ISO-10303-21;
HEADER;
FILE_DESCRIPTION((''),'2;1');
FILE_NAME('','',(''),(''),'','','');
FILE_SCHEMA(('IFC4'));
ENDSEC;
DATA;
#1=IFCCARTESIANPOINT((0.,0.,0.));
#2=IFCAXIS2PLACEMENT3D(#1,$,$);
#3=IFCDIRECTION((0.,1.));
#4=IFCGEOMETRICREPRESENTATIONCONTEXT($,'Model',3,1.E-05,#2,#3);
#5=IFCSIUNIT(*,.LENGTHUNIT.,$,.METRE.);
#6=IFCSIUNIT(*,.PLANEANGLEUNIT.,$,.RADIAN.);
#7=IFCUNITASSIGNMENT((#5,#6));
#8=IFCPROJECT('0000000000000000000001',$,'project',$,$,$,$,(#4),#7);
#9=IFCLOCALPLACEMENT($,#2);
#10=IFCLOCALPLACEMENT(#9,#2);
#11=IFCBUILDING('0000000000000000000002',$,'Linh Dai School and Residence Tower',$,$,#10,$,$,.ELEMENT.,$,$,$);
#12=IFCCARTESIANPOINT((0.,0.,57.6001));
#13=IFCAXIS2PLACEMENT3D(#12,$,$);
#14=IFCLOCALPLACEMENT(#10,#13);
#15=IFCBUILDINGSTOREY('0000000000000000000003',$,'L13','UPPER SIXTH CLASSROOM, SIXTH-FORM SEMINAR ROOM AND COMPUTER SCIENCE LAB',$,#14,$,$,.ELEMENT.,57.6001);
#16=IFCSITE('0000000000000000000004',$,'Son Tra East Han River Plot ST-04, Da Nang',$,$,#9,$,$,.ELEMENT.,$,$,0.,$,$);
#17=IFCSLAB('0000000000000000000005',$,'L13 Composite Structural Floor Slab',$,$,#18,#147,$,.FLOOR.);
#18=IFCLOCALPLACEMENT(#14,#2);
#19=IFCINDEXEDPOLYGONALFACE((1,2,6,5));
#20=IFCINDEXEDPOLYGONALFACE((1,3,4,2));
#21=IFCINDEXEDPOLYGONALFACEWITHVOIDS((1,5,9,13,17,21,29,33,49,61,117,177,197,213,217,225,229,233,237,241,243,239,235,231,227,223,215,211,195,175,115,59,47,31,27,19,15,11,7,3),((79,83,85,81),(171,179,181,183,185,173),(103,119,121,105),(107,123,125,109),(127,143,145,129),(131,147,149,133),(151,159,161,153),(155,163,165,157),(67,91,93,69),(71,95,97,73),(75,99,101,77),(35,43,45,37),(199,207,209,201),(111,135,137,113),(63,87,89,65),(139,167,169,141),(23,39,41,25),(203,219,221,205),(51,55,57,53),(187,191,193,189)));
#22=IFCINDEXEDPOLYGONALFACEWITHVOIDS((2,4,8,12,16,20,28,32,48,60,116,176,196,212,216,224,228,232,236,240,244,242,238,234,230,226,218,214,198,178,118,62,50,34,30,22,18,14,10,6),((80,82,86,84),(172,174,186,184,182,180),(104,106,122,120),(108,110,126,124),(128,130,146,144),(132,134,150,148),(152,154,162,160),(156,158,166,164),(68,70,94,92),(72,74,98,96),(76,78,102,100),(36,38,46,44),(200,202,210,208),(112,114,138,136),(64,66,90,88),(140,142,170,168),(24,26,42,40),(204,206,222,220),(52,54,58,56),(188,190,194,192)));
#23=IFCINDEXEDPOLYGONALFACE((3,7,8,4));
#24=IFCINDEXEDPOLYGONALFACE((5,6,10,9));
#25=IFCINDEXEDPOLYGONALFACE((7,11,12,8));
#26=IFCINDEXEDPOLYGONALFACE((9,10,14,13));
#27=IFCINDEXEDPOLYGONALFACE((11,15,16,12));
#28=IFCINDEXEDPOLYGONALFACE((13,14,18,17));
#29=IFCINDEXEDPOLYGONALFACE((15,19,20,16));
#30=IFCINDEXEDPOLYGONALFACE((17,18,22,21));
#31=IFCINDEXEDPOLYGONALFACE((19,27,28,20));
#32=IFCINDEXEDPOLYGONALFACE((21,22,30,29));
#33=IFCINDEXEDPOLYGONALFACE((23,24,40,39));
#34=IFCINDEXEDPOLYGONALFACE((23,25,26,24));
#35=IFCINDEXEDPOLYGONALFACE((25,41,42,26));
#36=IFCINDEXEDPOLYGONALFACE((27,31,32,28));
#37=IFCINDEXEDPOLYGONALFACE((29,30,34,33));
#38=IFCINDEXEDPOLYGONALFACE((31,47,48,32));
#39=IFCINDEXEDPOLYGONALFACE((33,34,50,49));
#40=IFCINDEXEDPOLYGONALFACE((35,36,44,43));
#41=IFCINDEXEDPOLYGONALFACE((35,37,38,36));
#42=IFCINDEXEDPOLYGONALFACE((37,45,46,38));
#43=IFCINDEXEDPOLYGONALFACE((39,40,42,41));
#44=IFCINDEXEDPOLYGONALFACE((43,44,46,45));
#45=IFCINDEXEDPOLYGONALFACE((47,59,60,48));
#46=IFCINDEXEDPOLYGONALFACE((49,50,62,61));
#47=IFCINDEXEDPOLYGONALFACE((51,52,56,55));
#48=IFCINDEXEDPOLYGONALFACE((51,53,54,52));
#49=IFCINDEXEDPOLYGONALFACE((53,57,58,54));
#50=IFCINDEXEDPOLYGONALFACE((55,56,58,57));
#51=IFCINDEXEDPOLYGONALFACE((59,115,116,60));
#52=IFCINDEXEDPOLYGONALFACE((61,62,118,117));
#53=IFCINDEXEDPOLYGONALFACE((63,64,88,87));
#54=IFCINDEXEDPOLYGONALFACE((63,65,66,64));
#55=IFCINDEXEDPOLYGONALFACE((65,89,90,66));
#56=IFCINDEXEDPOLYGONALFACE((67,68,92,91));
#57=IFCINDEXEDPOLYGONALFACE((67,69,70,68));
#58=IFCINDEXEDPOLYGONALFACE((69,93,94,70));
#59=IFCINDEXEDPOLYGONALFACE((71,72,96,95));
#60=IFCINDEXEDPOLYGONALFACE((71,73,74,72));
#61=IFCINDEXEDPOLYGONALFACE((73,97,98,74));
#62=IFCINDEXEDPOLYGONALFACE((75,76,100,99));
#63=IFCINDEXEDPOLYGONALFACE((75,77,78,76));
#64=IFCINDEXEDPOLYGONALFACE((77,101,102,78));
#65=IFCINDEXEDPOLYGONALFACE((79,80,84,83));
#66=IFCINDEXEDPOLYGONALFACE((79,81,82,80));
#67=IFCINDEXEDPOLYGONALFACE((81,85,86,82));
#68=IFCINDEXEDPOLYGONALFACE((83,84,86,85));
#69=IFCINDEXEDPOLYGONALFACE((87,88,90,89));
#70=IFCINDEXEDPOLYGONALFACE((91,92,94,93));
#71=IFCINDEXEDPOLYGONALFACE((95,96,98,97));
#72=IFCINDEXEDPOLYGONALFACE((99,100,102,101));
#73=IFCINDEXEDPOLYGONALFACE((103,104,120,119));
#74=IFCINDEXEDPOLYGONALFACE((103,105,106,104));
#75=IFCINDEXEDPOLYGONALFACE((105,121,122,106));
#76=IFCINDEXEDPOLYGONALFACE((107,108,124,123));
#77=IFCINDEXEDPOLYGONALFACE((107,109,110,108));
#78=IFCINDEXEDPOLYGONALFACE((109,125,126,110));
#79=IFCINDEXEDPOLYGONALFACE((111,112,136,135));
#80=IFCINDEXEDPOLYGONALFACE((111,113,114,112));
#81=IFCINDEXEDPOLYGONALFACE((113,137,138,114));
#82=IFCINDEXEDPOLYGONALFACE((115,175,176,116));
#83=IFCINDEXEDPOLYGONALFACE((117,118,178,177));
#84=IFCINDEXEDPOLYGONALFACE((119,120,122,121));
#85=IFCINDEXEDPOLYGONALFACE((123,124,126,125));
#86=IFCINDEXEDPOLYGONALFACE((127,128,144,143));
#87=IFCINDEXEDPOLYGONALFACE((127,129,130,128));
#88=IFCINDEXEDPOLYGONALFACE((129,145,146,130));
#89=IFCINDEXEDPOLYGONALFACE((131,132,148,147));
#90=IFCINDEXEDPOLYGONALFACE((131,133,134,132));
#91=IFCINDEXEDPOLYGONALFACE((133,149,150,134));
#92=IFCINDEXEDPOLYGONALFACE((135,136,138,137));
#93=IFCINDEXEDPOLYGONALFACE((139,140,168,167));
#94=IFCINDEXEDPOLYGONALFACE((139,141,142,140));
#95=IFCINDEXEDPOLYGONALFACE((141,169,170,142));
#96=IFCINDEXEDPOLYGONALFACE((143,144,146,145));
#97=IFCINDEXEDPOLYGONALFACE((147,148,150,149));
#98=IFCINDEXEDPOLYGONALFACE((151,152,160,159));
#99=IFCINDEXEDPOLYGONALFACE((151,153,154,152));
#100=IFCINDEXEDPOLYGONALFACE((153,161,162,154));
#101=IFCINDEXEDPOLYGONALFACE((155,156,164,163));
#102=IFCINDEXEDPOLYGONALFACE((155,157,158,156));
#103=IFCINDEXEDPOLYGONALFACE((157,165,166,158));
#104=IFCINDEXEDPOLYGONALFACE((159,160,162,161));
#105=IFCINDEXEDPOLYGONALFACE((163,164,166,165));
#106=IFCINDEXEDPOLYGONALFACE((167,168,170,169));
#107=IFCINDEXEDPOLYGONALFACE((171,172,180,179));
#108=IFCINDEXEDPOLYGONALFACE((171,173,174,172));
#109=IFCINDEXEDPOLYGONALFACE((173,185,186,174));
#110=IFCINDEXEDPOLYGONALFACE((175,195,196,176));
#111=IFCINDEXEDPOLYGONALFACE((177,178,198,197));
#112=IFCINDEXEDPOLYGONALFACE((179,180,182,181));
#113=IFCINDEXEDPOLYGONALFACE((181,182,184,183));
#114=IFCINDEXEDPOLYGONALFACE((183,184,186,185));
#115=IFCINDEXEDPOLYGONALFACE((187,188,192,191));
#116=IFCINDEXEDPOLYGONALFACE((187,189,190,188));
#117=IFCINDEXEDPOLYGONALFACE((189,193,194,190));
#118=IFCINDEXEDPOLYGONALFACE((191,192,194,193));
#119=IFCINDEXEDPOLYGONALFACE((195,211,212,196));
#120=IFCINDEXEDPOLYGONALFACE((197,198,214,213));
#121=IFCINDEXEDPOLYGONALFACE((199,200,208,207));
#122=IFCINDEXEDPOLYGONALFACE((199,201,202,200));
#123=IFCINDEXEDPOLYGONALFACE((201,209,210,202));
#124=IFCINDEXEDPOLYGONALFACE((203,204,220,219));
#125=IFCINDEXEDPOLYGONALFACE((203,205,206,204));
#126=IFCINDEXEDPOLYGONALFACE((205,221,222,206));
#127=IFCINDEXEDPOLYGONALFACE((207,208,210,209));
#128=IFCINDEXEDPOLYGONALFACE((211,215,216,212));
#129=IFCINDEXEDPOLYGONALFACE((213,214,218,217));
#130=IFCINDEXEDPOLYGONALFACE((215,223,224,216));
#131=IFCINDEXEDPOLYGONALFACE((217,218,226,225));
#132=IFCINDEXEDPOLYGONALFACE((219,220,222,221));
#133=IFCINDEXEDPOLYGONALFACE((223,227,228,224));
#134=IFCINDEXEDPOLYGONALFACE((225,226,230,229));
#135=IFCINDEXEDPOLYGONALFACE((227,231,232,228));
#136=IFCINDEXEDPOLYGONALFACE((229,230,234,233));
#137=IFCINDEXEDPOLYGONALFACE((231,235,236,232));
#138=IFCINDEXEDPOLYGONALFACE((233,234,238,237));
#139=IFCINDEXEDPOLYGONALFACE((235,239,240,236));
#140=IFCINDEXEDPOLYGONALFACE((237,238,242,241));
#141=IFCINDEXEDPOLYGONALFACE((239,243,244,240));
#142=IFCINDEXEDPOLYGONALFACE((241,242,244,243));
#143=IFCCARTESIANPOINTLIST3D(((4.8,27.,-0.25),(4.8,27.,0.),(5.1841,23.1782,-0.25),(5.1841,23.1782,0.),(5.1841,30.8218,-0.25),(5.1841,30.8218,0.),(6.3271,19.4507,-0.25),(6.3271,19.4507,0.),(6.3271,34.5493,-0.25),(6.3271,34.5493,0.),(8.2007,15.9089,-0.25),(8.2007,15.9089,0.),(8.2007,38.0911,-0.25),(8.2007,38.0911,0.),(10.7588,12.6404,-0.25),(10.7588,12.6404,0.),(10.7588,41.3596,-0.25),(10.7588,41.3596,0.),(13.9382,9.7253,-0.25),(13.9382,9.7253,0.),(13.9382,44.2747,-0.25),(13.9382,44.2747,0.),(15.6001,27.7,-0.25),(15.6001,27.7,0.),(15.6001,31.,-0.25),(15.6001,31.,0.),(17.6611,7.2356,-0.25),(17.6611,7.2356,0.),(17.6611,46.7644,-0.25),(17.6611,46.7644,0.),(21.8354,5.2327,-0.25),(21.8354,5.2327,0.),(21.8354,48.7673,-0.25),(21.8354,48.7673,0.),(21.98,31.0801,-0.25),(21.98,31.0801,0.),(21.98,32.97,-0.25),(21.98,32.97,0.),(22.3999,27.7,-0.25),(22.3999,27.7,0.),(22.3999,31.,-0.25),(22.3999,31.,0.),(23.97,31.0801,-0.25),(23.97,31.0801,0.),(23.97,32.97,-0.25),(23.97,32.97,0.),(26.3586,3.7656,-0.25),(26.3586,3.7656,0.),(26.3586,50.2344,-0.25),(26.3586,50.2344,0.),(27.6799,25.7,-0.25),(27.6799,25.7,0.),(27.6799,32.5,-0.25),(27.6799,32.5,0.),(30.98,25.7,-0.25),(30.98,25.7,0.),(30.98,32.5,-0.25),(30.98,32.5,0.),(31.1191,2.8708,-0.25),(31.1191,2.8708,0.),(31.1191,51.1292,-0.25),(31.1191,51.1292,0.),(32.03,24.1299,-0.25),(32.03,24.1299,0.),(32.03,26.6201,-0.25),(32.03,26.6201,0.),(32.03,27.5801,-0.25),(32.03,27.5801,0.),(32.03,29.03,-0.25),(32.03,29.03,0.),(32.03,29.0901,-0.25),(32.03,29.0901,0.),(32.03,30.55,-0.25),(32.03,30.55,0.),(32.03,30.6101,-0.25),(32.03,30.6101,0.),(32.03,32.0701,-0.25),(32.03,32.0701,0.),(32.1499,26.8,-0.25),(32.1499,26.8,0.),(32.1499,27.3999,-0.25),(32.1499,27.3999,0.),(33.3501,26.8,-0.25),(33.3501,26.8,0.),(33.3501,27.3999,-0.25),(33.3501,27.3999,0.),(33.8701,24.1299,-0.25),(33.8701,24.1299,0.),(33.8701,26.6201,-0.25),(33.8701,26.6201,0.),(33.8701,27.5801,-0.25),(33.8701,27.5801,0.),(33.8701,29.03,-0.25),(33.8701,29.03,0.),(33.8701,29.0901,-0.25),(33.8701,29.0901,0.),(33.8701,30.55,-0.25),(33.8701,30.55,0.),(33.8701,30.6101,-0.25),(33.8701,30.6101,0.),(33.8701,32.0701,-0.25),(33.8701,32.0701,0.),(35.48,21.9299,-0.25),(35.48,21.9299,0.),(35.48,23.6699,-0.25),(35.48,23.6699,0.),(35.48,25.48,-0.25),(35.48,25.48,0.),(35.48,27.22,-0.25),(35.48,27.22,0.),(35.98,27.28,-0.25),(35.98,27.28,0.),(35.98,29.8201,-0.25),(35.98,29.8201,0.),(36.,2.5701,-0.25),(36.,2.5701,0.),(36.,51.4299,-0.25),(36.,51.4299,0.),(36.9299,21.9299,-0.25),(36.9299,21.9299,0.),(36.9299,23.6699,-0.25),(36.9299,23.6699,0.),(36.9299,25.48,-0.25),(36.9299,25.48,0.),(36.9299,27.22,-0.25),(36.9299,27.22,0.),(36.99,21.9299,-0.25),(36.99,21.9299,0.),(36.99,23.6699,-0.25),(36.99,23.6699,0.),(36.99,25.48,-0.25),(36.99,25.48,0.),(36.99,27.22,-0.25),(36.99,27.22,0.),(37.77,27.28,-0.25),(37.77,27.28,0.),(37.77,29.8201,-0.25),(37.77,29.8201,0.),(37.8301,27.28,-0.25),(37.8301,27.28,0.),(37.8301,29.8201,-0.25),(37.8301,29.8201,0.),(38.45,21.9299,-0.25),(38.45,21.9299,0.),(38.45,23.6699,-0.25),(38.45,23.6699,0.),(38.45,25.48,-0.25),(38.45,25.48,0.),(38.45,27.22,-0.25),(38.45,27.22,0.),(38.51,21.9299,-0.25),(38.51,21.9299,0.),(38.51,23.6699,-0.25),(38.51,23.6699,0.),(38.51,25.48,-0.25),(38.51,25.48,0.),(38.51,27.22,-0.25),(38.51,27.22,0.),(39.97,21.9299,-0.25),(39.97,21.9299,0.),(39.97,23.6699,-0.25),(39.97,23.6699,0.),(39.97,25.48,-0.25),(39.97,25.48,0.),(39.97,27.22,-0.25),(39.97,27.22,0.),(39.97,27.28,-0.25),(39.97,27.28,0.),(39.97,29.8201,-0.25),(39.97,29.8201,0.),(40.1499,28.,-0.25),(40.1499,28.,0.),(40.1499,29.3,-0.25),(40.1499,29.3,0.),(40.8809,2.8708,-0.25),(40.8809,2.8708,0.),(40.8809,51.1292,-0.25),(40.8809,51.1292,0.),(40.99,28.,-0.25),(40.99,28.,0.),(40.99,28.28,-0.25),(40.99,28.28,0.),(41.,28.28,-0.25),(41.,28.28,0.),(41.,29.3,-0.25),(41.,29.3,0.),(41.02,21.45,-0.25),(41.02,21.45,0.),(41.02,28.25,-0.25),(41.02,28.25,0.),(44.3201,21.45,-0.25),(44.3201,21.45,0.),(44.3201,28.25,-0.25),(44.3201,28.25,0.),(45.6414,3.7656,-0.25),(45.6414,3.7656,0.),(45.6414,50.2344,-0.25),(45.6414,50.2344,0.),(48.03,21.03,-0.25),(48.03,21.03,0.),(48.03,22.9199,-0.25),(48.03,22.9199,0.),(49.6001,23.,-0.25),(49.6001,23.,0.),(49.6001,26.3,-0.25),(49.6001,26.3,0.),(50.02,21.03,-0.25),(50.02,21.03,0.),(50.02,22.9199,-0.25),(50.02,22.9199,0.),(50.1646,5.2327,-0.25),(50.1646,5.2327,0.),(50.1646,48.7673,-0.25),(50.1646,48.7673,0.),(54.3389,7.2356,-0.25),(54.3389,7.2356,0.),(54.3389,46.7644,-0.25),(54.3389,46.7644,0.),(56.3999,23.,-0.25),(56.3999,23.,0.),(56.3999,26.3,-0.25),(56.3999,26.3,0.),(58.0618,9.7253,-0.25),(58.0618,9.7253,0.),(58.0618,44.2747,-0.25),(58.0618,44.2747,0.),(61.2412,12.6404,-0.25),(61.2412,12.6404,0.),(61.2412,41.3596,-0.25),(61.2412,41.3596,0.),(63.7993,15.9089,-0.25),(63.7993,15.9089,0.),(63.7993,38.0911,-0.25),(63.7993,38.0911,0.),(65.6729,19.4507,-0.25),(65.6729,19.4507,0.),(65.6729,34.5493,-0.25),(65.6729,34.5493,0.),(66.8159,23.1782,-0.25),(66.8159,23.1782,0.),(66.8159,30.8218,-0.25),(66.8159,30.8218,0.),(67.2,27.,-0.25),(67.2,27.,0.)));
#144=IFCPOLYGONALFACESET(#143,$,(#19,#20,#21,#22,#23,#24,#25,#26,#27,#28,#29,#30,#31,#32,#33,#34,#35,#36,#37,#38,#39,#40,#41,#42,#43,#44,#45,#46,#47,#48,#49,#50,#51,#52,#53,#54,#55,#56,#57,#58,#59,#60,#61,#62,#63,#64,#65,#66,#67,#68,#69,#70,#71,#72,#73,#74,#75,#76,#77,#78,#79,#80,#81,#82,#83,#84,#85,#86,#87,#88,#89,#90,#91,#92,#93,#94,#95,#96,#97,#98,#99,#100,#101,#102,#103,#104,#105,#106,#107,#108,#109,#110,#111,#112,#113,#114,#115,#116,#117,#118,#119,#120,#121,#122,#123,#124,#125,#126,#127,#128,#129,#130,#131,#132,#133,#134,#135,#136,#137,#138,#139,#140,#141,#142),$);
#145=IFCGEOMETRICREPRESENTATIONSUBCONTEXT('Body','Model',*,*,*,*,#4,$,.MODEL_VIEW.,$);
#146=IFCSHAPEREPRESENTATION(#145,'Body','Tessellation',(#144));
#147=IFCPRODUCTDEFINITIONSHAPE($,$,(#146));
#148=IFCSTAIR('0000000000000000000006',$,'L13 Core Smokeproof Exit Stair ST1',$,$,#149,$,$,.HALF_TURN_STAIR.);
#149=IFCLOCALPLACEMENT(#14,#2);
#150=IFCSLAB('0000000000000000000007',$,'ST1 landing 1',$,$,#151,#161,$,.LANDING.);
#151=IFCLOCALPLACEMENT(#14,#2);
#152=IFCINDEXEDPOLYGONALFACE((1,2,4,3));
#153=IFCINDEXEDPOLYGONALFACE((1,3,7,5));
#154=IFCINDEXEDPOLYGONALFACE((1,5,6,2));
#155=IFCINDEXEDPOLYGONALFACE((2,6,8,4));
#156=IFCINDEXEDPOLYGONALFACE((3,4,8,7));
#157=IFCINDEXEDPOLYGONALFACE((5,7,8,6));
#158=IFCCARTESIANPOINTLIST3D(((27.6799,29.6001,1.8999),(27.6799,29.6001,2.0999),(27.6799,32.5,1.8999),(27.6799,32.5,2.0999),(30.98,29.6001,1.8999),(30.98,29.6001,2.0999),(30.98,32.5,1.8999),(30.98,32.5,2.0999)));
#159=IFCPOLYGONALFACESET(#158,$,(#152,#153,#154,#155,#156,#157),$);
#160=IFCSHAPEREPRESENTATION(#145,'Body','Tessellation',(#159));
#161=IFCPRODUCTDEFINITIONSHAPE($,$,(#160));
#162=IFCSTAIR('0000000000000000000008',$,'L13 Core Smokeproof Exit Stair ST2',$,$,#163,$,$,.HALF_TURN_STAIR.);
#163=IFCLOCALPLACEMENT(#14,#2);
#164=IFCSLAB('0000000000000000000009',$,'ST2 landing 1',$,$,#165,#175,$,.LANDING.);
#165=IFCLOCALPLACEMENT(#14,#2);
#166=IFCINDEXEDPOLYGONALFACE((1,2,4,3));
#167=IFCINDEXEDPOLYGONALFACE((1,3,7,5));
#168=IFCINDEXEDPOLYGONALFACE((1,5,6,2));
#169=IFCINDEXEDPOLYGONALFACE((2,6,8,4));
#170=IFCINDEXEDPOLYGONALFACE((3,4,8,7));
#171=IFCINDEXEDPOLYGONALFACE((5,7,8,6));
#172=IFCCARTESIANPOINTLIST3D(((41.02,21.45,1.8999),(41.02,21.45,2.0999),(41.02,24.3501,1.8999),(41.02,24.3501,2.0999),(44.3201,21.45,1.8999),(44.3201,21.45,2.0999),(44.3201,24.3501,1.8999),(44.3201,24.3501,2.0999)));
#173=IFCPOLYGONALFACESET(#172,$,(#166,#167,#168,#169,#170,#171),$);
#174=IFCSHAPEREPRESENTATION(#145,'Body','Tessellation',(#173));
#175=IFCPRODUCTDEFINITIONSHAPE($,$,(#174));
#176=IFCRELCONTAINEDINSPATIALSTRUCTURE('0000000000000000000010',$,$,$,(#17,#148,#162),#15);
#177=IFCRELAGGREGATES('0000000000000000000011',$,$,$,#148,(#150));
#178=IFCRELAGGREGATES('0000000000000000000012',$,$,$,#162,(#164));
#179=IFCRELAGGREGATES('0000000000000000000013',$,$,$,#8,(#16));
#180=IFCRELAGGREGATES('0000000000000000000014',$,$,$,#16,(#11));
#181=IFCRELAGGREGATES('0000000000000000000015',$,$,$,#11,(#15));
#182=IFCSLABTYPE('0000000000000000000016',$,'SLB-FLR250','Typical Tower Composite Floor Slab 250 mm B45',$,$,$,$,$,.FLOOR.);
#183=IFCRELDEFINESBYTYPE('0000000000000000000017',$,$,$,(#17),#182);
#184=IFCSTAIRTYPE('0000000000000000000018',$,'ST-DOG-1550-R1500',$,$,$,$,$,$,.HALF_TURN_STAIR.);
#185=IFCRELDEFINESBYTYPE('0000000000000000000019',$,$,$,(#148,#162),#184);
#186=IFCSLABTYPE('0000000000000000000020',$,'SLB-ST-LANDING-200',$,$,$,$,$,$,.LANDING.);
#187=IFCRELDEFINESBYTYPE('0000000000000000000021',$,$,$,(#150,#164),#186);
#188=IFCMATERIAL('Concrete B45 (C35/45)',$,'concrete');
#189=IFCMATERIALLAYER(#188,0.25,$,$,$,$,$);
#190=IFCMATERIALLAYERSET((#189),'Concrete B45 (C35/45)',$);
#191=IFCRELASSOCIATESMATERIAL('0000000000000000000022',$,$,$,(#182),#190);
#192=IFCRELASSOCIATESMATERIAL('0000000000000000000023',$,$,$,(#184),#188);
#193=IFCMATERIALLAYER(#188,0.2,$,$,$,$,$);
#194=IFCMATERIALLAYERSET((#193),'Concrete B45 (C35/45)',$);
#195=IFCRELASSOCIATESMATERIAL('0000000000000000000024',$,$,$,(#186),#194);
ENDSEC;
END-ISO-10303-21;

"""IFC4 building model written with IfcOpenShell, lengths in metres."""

from ifc_helpers import new_model, si_unit, direction, frame, origin, place, context, subcontext, project, spatial, polyline, outline, extrude, material, layer, layer_set, type_object, element, aggregate, save


model = new_model("IFC4")

# Units and contexts
model_context = context("Model", 3, precision=1e-05, world=origin(), true_north=direction((0.0, 1.0)))
body_context = subcontext(model_context, "Body", "Model", "MODEL_VIEW")
ifc_project = project(units=[si_unit("LENGTHUNIT", "METRE"), si_unit("PLANEANGLEUNIT", "RADIAN")], contexts=[model_context])

# Site, building, storey
site_placement = place(None, origin())
site = spatial("IfcSite", under=ifc_project, at=site_placement, Name="Son Tra East Han River Plot ST-04, Da Nang", CompositionType="ELEMENT", RefElevation=0.0)
building_placement = place(site_placement, origin())
building = spatial("IfcBuilding", under=site, at=building_placement, Name="Linh Dai School and Residence Tower", CompositionType="ELEMENT")
storey_placement = place(building_placement, frame((0.0, 0.0, 57.6001)))
storey = spatial("IfcBuildingStorey", under=building, at=storey_placement, Name="L13", Description="UPPER SIXTH CLASSROOM, SIXTH-FORM SEMINAR ROOM AND COMPUTER SCIENCE LAB", CompositionType="ELEMENT", Elevation=57.6001)

# Slab
ifc_material_1 = material(Name="Concrete B45 (C35/45)", Category="concrete")
ifc_layer_1 = layer(ifc_material_1, 0.25)
ifc_layer_set_1 = layer_set([ifc_layer_1], Name="Concrete B45 (C35/45)")
slab_type_1 = type_object("IfcSlabType", Name="SLB-FLR250", Description="Typical Tower Composite Floor Slab 250 mm B45", PredefinedType="FLOOR", material=ifc_layer_set_1)
slab_1_placement = place(storey_placement, frame((0.0, 0.0, -0.25)))
element("IfcSlab", 1, at=slab_1_placement, inside=storey, type_object=slab_type_1, Name="L13 Composite Structural Floor Slab", PredefinedType="FLOOR", context=body_context, shape_type="SweptSolid", body=[
    extrude(outline(polyline([(67.2, 27.0), (66.8159, 30.8218), (65.6729, 34.5493), (63.7993, 38.0911), (61.2412, 41.3596), (58.0618, 44.2747), (54.3389, 46.7644), (50.1646, 48.7673), (45.6414, 50.2344), (40.8809, 51.1292), (36.0, 51.4299), (31.1191, 51.1292), (26.3586, 50.2344), (21.8354, 48.7673), (17.6611, 46.7644), (13.9382, 44.2747), (10.7588, 41.3596), (8.2007, 38.0911), (6.3271, 34.5493), (5.1841, 30.8218), (4.8, 27.0), (5.1841, 23.1782), (6.3271, 19.4507), (8.2007, 15.9089), (10.7588, 12.6404), (13.9382, 9.7253), (17.6611, 7.2356), (21.8354, 5.2327), (26.3586, 3.7656), (31.1191, 2.8708), (36.0, 2.5701), (40.8809, 2.8708), (45.6414, 3.7656), (50.1646, 5.2327), (54.3389, 7.2356), (58.0618, 9.7253), (61.2412, 12.6404), (63.7993, 15.9089), (65.6729, 19.4507), (66.8159, 23.1782), (67.2, 27.0)]), holes=[polyline([(30.98, 25.7), (30.98, 32.5), (27.6799, 32.5), (27.6799, 25.7), (30.98, 25.7)]), polyline([(41.02, 28.25), (41.02, 21.45), (44.3201, 21.45), (44.3201, 28.25), (41.02, 28.25)]), polyline([(22.3999, 31.0), (15.6001, 31.0), (15.6001, 27.7), (22.3999, 27.7), (22.3999, 31.0)]), polyline([(49.6001, 23.0), (56.3999, 23.0), (56.3999, 26.3), (49.6001, 26.3), (49.6001, 23.0)]), polyline([(35.98, 27.28), (37.77, 27.28), (37.77, 29.8201), (35.98, 29.8201), (35.98, 27.28)]), polyline([(32.03, 24.1299), (33.8701, 24.1299), (33.8701, 26.6201), (32.03, 26.6201), (32.03, 24.1299)]), polyline([(37.8301, 27.28), (39.97, 27.28), (39.97, 29.8201), (37.8301, 29.8201), (37.8301, 27.28)]), polyline([(35.48, 21.9299), (36.9299, 21.9299), (36.9299, 23.6699), (35.48, 23.6699), (35.48, 21.9299)]), polyline([(36.99, 21.9299), (38.45, 21.9299), (38.45, 23.6699), (36.99, 23.6699), (36.99, 21.9299)]), polyline([(38.51, 21.9299), (39.97, 21.9299), (39.97, 23.6699), (38.51, 23.6699), (38.51, 21.9299)]), polyline([(32.03, 27.5801), (33.8701, 27.5801), (33.8701, 29.03), (32.03, 29.03), (32.03, 27.5801)]), polyline([(32.03, 29.0901), (33.8701, 29.0901), (33.8701, 30.55), (32.03, 30.55), (32.03, 29.0901)]), polyline([(32.03, 30.6101), (33.8701, 30.6101), (33.8701, 32.0701), (32.03, 32.0701), (32.03, 30.6101)]), polyline([(35.48, 25.48), (36.9299, 25.48), (36.9299, 27.22), (35.48, 27.22), (35.48, 25.48)]), polyline([(36.99, 25.48), (38.45, 25.48), (38.45, 27.22), (36.99, 27.22), (36.99, 25.48)]), polyline([(38.51, 25.48), (39.97, 25.48), (39.97, 27.22), (38.51, 27.22), (38.51, 25.48)]), polyline([(21.98, 31.0801), (23.97, 31.0801), (23.97, 32.97), (21.98, 32.97), (21.98, 31.0801)]), polyline([(48.03, 21.03), (50.02, 21.03), (50.02, 22.9199), (48.03, 22.9199), (48.03, 21.03)]), polyline([(40.1499, 28.0), (40.1499, 29.3), (41.0, 29.3), (41.0, 28.28), (40.99, 28.28), (40.99, 28.0), (40.1499, 28.0)]), polyline([(32.1499, 26.8), (33.3501, 26.8), (33.3501, 27.3999), (32.1499, 27.3999), (32.1499, 26.8)])]), origin(), (0.0, 0.0, 1.0), 0.25),
])

# Stairs, slabs
stair_type = type_object("IfcStairType", Name="ST-DOG-1550-R1500", PredefinedType="HALF_TURN_STAIR", material=ifc_material_1)
stair_1_placement = place(storey_placement, origin())
stair_1 = element("IfcStair", 2, at=stair_1_placement, inside=storey, type_object=stair_type, Name="L13 Core Smokeproof Exit Stair ST1", PredefinedType="HALF_TURN_STAIR")
ifc_layer_2 = layer(ifc_material_1, 0.2)
ifc_layer_set_2 = layer_set([ifc_layer_2], Name="Concrete B45 (C35/45)")
slab_type_2 = type_object("IfcSlabType", Name="SLB-ST-LANDING-200", PredefinedType="LANDING", material=ifc_layer_set_2)
slab_2_placement = place(storey_placement, frame((0.0, 0.0, 1.8999)))
slab_2 = element("IfcSlab", 3, at=slab_2_placement, type_object=slab_type_2, Name="ST1 landing 1", PredefinedType="LANDING", context=body_context, shape_type="SweptSolid", body=[
    extrude(outline(polyline([(30.98, 29.6001), (30.98, 32.5), (27.6799, 32.5), (27.6799, 29.6001), (30.98, 29.6001)])), origin(), (0.0, 0.0, 1.0), 0.2),
])
aggregate(stair_1, [slab_2])
stair_2_placement = place(storey_placement, origin())
stair_2 = element("IfcStair", 4, at=stair_2_placement, inside=storey, type_object=stair_type, Name="L13 Core Smokeproof Exit Stair ST2", PredefinedType="HALF_TURN_STAIR")
slab_3_placement = place(storey_placement, frame((0.0, 0.0, 1.8999)))
slab_3 = element("IfcSlab", 5, at=slab_3_placement, type_object=slab_type_2, Name="ST2 landing 1", PredefinedType="LANDING", context=body_context, shape_type="SweptSolid", body=[
    extrude(outline(polyline([(41.02, 24.3501), (41.02, 21.45), (44.3201, 21.45), (44.3201, 24.3501), (41.02, 24.3501)])), origin(), (0.0, 0.0, 1.0), 0.2),
])
aggregate(stair_2, [slab_3])

save(model, "model.ifc")
